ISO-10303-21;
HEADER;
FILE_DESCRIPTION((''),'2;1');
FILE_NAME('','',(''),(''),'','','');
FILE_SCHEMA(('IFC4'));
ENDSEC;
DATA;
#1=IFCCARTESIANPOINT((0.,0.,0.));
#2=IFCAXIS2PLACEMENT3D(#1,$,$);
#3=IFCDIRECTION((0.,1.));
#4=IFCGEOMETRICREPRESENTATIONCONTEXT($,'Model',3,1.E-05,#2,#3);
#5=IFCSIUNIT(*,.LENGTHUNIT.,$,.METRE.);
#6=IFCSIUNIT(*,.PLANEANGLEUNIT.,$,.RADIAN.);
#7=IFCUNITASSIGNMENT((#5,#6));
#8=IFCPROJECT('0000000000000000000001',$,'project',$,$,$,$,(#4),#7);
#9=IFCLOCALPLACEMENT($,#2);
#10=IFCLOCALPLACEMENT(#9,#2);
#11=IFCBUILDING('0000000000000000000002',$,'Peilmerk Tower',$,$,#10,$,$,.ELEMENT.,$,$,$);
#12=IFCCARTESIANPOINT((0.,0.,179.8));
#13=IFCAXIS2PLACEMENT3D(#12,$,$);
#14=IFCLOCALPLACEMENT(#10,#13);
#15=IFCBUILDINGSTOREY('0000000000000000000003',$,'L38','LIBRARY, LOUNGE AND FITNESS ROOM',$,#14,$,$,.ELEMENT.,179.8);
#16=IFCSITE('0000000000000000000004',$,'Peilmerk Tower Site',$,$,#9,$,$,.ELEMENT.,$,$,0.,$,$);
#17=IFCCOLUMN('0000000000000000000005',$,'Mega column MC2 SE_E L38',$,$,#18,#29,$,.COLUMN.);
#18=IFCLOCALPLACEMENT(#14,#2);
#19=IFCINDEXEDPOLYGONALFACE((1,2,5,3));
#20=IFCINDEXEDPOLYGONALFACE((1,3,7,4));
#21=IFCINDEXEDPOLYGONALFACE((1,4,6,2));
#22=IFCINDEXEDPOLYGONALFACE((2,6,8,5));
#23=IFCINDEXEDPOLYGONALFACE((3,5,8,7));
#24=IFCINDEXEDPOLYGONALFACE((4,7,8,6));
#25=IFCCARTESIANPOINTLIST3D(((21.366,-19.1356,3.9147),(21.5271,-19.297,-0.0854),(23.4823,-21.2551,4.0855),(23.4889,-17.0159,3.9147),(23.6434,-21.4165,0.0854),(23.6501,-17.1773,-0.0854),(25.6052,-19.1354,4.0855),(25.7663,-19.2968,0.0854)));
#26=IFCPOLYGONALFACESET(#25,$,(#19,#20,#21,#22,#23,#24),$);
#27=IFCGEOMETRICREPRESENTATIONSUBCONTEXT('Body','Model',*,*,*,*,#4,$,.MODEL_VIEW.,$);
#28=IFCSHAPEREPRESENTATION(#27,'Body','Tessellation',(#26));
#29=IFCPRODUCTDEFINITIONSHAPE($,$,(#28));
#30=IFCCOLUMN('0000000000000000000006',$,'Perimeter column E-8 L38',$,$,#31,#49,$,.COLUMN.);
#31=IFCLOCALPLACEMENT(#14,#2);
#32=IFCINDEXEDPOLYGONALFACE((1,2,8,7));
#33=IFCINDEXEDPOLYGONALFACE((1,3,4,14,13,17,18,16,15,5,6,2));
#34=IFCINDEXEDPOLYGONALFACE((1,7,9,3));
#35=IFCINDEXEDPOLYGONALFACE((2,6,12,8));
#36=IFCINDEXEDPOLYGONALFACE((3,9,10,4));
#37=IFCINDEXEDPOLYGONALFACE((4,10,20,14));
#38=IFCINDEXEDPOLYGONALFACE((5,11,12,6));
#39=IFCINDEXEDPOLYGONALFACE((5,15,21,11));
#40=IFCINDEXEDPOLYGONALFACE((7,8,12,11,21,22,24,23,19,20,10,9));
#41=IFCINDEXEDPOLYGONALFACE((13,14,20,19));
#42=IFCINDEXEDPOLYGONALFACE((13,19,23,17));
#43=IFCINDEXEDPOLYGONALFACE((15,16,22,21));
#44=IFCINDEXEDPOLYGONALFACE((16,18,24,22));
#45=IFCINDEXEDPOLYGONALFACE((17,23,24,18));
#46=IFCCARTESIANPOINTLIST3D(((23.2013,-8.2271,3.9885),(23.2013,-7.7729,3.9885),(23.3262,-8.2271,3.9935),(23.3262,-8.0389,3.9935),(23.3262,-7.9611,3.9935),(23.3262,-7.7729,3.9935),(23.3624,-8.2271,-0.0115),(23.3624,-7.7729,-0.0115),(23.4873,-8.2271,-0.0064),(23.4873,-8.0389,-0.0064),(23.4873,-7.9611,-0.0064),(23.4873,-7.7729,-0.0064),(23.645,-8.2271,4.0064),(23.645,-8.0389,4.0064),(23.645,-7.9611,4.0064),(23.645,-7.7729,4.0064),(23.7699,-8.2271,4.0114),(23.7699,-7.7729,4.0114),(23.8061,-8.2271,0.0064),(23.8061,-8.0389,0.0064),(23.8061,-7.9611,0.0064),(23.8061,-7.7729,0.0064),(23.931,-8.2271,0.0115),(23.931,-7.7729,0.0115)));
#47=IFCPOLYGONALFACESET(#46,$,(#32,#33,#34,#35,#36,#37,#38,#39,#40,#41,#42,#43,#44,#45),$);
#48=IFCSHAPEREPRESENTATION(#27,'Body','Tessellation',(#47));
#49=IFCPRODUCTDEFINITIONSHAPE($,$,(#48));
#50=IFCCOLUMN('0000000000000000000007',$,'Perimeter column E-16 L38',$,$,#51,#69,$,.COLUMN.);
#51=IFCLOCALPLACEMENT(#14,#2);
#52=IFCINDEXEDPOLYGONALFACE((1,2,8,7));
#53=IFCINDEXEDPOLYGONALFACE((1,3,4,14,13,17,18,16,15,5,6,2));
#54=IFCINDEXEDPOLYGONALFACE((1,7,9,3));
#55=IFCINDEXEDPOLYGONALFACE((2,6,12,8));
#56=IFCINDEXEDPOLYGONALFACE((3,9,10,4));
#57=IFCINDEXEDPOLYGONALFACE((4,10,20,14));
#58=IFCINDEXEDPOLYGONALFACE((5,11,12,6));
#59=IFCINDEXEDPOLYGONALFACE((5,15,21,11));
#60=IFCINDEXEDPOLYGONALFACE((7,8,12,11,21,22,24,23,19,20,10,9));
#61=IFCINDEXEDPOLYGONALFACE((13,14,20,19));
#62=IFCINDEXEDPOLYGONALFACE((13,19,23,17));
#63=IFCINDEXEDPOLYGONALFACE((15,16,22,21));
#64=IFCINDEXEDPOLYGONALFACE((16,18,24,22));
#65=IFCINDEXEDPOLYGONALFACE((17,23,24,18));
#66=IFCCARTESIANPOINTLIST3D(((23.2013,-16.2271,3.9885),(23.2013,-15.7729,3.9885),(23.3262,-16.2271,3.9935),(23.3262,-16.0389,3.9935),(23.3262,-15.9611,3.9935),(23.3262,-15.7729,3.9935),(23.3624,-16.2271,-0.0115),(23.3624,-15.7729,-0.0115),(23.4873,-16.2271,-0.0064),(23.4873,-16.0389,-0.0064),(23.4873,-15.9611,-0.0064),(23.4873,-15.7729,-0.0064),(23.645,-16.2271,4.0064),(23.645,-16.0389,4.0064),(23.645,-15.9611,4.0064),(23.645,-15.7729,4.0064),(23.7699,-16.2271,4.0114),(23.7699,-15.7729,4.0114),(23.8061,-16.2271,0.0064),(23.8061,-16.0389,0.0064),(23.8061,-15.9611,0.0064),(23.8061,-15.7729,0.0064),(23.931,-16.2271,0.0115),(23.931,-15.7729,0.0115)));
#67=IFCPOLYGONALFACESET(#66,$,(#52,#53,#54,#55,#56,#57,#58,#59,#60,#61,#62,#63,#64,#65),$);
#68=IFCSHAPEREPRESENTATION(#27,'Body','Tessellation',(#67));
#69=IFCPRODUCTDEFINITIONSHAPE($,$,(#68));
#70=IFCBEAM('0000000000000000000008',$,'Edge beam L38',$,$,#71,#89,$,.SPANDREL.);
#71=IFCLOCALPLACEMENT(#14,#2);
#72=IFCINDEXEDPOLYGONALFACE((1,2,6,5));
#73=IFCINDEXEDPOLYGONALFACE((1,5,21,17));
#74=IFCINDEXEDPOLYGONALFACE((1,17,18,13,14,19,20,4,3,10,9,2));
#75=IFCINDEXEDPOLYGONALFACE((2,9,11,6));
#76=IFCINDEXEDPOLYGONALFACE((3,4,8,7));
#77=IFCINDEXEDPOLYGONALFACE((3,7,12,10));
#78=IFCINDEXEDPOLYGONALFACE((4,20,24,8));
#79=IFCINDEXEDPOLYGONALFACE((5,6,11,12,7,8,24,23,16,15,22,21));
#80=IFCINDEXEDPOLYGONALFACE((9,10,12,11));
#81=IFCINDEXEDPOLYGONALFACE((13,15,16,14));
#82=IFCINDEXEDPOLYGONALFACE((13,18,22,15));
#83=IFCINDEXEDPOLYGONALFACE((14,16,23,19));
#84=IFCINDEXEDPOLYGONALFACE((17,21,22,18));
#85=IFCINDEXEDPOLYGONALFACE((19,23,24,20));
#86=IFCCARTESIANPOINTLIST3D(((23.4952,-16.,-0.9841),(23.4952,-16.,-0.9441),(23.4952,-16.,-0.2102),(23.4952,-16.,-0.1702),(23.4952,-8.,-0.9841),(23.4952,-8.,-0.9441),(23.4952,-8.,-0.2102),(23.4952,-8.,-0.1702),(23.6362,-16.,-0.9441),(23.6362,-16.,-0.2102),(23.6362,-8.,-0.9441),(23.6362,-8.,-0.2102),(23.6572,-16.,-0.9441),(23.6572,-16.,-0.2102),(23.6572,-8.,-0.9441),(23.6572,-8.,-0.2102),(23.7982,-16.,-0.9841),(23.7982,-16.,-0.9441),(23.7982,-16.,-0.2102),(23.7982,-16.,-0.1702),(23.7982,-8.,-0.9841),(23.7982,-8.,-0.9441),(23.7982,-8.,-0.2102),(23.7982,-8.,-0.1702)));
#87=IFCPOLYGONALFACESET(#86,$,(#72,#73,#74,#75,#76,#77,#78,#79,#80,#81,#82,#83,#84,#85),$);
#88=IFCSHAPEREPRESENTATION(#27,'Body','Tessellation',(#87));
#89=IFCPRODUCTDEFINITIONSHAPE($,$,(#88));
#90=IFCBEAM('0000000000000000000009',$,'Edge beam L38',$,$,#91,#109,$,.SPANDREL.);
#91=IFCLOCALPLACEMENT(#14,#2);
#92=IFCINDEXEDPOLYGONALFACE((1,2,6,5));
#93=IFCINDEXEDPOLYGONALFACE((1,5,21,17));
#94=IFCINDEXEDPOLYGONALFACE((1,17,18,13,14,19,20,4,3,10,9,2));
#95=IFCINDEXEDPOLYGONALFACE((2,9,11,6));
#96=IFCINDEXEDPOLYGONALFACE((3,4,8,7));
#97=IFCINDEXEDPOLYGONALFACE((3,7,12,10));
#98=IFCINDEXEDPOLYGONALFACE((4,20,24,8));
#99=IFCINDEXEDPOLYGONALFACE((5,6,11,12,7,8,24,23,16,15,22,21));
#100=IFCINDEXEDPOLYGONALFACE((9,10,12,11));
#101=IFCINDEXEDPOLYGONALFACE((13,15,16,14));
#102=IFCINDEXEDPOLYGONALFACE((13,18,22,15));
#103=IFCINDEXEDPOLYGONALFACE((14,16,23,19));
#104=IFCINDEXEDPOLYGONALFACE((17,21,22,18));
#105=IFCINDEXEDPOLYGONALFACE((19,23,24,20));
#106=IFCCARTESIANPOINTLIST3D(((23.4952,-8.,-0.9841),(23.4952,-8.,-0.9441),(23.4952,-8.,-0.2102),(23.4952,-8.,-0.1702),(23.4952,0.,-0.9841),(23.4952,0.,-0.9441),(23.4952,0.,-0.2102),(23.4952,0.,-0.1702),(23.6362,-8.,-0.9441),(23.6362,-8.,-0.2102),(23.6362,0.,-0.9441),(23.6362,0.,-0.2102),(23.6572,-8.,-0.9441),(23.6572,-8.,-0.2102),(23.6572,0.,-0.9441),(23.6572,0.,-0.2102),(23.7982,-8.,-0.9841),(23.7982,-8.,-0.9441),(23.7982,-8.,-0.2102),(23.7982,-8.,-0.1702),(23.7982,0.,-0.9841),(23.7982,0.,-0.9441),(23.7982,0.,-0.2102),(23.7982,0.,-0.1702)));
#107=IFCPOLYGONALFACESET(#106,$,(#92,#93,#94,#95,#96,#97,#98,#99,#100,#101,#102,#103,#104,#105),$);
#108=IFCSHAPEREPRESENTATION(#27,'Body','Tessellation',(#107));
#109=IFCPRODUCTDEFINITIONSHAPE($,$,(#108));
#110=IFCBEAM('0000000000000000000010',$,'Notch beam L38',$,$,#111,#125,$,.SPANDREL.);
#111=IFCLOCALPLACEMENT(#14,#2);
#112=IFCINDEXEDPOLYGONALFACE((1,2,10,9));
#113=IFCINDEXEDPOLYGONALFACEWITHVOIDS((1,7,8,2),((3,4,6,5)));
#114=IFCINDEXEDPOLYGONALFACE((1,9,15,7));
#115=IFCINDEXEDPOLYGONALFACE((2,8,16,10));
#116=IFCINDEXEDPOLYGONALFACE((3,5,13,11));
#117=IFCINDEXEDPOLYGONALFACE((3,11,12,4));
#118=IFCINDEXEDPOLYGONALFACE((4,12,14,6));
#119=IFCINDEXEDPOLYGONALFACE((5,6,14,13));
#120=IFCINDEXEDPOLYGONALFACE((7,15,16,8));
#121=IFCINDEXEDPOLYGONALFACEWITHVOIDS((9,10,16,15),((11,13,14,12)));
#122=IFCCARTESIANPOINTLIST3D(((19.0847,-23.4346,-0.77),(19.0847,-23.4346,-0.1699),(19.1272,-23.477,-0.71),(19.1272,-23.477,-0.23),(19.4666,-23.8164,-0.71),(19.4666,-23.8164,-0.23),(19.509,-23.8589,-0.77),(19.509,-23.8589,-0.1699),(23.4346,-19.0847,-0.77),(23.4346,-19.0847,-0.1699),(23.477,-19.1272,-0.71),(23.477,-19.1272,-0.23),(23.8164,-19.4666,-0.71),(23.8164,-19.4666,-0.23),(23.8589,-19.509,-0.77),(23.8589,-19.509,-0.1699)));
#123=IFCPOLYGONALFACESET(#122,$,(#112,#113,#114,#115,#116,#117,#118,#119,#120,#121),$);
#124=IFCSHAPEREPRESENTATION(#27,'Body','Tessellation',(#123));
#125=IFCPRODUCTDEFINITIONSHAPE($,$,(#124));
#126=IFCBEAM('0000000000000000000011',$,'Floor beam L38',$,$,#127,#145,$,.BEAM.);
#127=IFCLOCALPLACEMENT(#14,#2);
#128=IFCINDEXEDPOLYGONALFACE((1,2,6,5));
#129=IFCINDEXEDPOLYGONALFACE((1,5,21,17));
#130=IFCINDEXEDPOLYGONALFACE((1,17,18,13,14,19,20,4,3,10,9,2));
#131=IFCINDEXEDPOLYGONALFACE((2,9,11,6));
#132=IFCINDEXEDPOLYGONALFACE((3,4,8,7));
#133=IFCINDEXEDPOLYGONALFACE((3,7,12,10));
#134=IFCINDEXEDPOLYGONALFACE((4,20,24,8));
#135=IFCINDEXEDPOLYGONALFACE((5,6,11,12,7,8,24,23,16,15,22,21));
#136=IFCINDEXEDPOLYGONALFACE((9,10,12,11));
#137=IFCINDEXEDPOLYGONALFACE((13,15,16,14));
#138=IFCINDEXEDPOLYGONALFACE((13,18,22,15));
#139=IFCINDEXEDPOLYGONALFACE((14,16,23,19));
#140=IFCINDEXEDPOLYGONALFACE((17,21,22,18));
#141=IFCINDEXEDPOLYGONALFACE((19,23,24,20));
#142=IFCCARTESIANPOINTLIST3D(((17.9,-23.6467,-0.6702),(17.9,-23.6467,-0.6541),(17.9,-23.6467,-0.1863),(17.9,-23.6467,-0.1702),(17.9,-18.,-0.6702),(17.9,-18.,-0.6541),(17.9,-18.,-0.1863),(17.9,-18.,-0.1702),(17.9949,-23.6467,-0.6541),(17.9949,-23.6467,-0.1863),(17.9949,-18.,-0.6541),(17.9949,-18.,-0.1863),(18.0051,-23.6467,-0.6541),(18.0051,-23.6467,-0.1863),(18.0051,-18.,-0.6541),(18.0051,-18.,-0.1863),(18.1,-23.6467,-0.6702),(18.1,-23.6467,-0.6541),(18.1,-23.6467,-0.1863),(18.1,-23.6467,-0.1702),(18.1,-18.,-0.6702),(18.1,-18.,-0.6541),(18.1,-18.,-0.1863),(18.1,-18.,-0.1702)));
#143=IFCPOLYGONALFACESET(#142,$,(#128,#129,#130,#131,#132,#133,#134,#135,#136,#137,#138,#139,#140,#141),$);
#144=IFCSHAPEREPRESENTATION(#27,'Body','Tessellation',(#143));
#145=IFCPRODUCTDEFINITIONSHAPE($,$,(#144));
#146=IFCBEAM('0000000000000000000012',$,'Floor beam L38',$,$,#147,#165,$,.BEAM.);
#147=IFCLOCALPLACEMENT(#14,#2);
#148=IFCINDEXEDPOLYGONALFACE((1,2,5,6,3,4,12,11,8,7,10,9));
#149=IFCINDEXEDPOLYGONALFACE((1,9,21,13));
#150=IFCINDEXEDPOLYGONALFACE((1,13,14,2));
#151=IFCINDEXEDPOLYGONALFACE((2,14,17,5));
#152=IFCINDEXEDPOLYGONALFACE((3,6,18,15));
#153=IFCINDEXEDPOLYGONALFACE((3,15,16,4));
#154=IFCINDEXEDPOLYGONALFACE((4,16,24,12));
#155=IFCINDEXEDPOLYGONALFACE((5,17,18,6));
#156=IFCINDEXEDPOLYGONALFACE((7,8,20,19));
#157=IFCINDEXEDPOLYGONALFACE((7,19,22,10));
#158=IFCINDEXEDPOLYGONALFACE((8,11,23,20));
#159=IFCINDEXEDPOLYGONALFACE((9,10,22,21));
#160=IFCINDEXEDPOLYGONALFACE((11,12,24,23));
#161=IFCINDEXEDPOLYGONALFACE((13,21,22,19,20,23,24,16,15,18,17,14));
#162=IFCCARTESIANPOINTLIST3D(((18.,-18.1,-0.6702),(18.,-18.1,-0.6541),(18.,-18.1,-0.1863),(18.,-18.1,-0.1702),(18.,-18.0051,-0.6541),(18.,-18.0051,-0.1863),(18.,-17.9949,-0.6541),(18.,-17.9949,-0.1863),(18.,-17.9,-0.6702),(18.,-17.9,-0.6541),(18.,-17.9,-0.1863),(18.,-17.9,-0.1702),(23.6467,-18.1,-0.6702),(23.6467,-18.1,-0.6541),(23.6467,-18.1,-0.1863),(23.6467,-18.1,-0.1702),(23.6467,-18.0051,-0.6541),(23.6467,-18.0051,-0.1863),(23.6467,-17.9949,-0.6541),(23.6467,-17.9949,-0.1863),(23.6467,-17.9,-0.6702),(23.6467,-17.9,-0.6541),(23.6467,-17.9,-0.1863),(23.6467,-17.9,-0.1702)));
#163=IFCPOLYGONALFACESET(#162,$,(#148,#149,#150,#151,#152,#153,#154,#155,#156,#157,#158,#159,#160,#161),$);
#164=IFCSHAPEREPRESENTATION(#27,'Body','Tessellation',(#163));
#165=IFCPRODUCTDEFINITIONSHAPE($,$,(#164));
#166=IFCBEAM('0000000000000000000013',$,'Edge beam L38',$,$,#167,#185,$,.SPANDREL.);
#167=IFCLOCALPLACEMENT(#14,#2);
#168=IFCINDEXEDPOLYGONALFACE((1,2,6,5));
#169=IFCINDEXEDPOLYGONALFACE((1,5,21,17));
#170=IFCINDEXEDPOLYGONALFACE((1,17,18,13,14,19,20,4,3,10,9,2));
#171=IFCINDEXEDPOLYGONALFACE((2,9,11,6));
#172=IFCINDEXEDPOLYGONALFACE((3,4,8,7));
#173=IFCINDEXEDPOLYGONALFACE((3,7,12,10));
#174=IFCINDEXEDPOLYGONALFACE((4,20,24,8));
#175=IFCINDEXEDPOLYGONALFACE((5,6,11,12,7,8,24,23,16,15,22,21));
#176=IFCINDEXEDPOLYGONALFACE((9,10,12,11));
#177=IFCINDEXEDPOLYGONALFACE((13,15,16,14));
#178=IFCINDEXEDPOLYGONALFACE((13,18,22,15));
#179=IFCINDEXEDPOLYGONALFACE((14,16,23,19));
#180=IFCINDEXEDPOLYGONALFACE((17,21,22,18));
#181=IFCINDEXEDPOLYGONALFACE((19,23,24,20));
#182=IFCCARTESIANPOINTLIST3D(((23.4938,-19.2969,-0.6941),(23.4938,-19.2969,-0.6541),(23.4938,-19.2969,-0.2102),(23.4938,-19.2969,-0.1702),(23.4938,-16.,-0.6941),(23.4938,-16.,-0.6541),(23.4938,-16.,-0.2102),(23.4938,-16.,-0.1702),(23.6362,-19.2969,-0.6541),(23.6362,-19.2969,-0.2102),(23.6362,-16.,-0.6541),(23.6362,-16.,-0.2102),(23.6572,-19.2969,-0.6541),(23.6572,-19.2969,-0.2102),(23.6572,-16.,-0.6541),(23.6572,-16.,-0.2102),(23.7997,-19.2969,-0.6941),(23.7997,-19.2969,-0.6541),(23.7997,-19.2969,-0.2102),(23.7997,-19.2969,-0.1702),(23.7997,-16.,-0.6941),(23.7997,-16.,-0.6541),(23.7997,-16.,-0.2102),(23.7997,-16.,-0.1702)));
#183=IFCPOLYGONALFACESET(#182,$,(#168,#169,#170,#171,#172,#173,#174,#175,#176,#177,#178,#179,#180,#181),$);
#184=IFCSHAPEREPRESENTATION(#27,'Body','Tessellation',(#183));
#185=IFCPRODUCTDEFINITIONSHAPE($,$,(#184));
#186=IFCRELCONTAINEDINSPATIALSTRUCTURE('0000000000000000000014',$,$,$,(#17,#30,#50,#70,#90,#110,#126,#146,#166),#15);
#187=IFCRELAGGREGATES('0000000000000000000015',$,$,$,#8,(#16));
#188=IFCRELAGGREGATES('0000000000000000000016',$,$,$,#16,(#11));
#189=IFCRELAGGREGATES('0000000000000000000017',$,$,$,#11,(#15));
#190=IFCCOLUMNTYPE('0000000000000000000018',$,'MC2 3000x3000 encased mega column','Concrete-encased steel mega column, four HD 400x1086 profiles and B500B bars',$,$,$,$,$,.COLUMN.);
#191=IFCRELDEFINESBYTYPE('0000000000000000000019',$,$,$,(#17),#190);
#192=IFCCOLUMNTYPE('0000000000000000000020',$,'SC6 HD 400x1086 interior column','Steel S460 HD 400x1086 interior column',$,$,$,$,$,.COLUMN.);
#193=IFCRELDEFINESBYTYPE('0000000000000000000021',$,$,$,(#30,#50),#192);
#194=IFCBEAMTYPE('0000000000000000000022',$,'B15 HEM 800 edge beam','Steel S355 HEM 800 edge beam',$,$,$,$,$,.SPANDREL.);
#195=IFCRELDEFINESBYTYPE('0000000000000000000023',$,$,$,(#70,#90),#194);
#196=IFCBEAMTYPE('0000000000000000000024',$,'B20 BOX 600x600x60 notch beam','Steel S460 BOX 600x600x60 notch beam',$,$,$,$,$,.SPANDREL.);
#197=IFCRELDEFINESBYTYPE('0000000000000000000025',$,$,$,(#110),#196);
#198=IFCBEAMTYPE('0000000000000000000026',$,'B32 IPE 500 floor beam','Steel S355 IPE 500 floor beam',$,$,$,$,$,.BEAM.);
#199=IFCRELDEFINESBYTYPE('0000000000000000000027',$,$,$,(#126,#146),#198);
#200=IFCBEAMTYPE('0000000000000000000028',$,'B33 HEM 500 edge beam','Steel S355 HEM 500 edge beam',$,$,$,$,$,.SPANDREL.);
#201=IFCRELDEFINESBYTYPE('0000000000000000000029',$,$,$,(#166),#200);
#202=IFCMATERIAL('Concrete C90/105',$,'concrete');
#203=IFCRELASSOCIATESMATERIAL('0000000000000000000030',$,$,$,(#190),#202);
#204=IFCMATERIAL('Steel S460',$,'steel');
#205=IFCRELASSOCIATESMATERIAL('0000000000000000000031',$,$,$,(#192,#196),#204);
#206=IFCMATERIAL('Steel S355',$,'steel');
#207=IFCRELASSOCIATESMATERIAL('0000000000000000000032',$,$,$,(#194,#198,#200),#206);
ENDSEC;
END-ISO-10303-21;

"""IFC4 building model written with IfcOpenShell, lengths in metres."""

from ifc_helpers import new_model, si_unit, direction, frame, origin, origin_2d, place, context, subcontext, project, spatial, rectangle, hollow_rectangle, i_section, extrude, material, material_profile, profile_set, type_object, element, save


model = new_model("IFC4")

# Units and contexts
model_context = context("Model", 3, precision=1e-05, world=origin(), true_north=direction((0.0, 1.0)))
body_context = subcontext(model_context, "Body", "Model", "MODEL_VIEW")
ifc_project = project(units=[si_unit("LENGTHUNIT", "METRE"), si_unit("PLANEANGLEUNIT", "RADIAN")], contexts=[model_context])

# Site, building, storey
site_placement = place(None, origin())
site = spatial("IfcSite", under=ifc_project, at=site_placement, Name="Peilmerk Tower Site", CompositionType="ELEMENT", RefElevation=0.0)
building_placement = place(site_placement, origin())
building = spatial("IfcBuilding", under=site, at=building_placement, Name="Peilmerk Tower", CompositionType="ELEMENT")
storey_placement = place(building_placement, frame((0.0, 0.0, 179.8)))
storey = spatial("IfcBuildingStorey", under=building, at=storey_placement, Name="L38", Description="LIBRARY, LOUNGE AND FITNESS ROOM", CompositionType="ELEMENT", Elevation=179.8)

# Columns
ifc_material_1 = material(Name="Concrete C90/105", Category="concrete")
ifc_material_profile_1 = material_profile(ifc_material_1, rectangle(XDim=3.0, YDim=3.0, at=origin_2d()), Name="RC 3000x3000")
ifc_profile_set_1 = profile_set([ifc_material_profile_1], Name="Concrete C90/105")
column_type_1 = type_object("IfcColumnType", Name="MC2 3000x3000 encased mega column", Description="Concrete-encased steel mega column, four HD 400x1086 profiles and B500B bars", PredefinedType="COLUMN", material=ifc_profile_set_1)
column_placement = place(storey_placement, frame((23.6467, -19.2969, 0.0), z_axis=(-0.040218, 0.040279, 0.998379), x_axis=(-0.707642, -0.706571, 0.0)))
element("IfcColumn", 1, at=column_placement, inside=storey, type_object=column_type_1, Name="Mega column MC2 SE_E L38", PredefinedType="COLUMN", context=body_context, shape_type="SweptSolid", body=[
    extrude(rectangle(XDim=3.0, YDim=3.0, at=origin_2d()), origin(), (0.0, 0.0, 1.0), 4.0066),
])
ifc_material_2 = material(Name="Steel S460", Category="steel")
ifc_material_profile_2 = material_profile(ifc_material_2, i_section(OverallWidth=0.4541, OverallDepth=0.5691, WebThickness=0.0779, FlangeThickness=0.125, at=origin_2d()), Name="HD 400x1086")
ifc_profile_set_2 = profile_set([ifc_material_profile_2], Name="Steel S460")
column_type_2 = type_object("IfcColumnType", Name="SC6 HD 400x1086 interior column", Description="Steel S460 HD 400x1086 interior column", PredefinedType="COLUMN", material=ifc_profile_set_2)
for number, where, z_axis, x_axis, name in (
    (2, (23.6467, -8.0, 0.0), (-0.040251, 0.0, 0.99919), (0.0, -1.0, 0.0), "Perimeter column E-8 L38"),
    (3, (23.6467, -16.0, 0.0), (-0.040251, 0.0, 0.99919), (0.0, -1.0, 0.0), "Perimeter column E-16 L38"),
):
    element("IfcColumn", number, at=place(storey_placement, frame(where, z_axis=z_axis, x_axis=x_axis)), inside=storey, type_object=column_type_2, Name=name, PredefinedType="COLUMN", context=body_context, shape_type="SweptSolid", body=[
        extrude(i_section(OverallWidth=0.4541, OverallDepth=0.5691, WebThickness=0.0779, FlangeThickness=0.125, at=origin_2d()), origin(), (0.0, 0.0, 1.0), 4.0032),
    ])

# Beams
ifc_material_3 = material(Name="Steel S355", Category="steel")
ifc_material_profile_3 = material_profile(ifc_material_3, i_section(OverallWidth=0.303, OverallDepth=0.814, WebThickness=0.021, FlangeThickness=0.04, at=origin_2d()), Name="HEM 800")
ifc_profile_set_3 = profile_set([ifc_material_profile_3], Name="Steel S355")
beam_type_1 = type_object("IfcBeamType", Name="B15 HEM 800 edge beam", Description="Steel S355 HEM 800 edge beam", PredefinedType="SPANDREL", material=ifc_profile_set_3)
for number, where, z_axis, x_axis, name in (
    (4, (23.6467, -16.0, -0.5771), (0.0, 1.0, 0.0), (-1.0, 0.0, 0.0), "Edge beam L38"),
    (5, (23.6467, -8.0, -0.5771), (0.0, 1.0, 0.0), (-1.0, 0.0, 0.0), "Edge beam L38"),
):
    element("IfcBeam", number, at=place(storey_placement, frame(where, z_axis=z_axis, x_axis=x_axis)), inside=storey, type_object=beam_type_1, Name=name, PredefinedType="SPANDREL", context=body_context, shape_type="SweptSolid", body=[
        extrude(i_section(OverallWidth=0.303, OverallDepth=0.814, WebThickness=0.021, FlangeThickness=0.04, at=origin_2d()), origin(), (0.0, 0.0, 1.0), 8.0),
    ])
ifc_material_profile_4 = material_profile(ifc_material_2, hollow_rectangle(XDim=0.6001, YDim=0.6001, WallThickness=0.0601, at=origin_2d()), Name="BOX 600x600x60")
ifc_profile_set_4 = profile_set([ifc_material_profile_4], Name="Steel S460")
beam_type_2 = type_object("IfcBeamType", Name="B20 BOX 600x600x60 notch beam", Description="Steel S460 BOX 600x600x60 notch beam", PredefinedType="SPANDREL", material=ifc_profile_set_4)
beam_1_placement = place(storey_placement, frame((23.6467, -19.2969, -0.47), z_axis=(-0.707107, -0.707107, 0.0), x_axis=(0.707107, -0.707107, 0.0)))
element("IfcBeam", 6, at=beam_1_placement, inside=storey, type_object=beam_type_2, Name="Notch beam L38", PredefinedType="SPANDREL", context=body_context, shape_type="SweptSolid", body=[
    extrude(hollow_rectangle(XDim=0.6001, YDim=0.6001, WallThickness=0.0601, at=origin_2d()), origin(), (0.0, 0.0, 1.0), 6.1516),
])
ifc_material_profile_5 = material_profile(ifc_material_3, i_section(OverallWidth=0.2, OverallDepth=0.5, WebThickness=0.0103, FlangeThickness=0.0161, at=origin_2d()), Name="IPE 500")
ifc_profile_set_5 = profile_set([ifc_material_profile_5], Name="Steel S355")
beam_type_3 = type_object("IfcBeamType", Name="B32 IPE 500 floor beam", Description="Steel S355 IPE 500 floor beam", PredefinedType="BEAM", material=ifc_profile_set_5)
for number, where, z_axis, x_axis, name in (
    (7, (18.0, -18.0, -0.4202), (0.0, -1.0, 0.0), (1.0, 0.0, 0.0), "Floor beam L38"),
    (8, (18.0, -18.0, -0.4202), (1.0, 0.0, 0.0), (0.0, 1.0, 0.0), "Floor beam L38"),
):
    element("IfcBeam", number, at=place(storey_placement, frame(where, z_axis=z_axis, x_axis=x_axis)), inside=storey, type_object=beam_type_3, Name=name, PredefinedType="BEAM", context=body_context, shape_type="SweptSolid", body=[
        extrude(i_section(OverallWidth=0.2, OverallDepth=0.5, WebThickness=0.0103, FlangeThickness=0.0161, at=origin_2d()), origin(), (0.0, 0.0, 1.0), 5.6467),
    ])
ifc_material_profile_6 = material_profile(ifc_material_3, i_section(OverallWidth=0.3059, OverallDepth=0.5239, WebThickness=0.021, FlangeThickness=0.04, at=origin_2d()), Name="HEM 500")
ifc_profile_set_6 = profile_set([ifc_material_profile_6], Name="Steel S355")
beam_type_4 = type_object("IfcBeamType", Name="B33 HEM 500 edge beam", Description="Steel S355 HEM 500 edge beam", PredefinedType="SPANDREL", material=ifc_profile_set_6)
beam_2_placement = place(storey_placement, frame((23.6467, -19.2969, -0.4321), z_axis=(0.0, 1.0, 0.0), x_axis=(-1.0, 0.0, 0.0)))
element("IfcBeam", 9, at=beam_2_placement, inside=storey, type_object=beam_type_4, Name="Edge beam L38", PredefinedType="SPANDREL", context=body_context, shape_type="SweptSolid", body=[
    extrude(i_section(OverallWidth=0.3059, OverallDepth=0.5239, WebThickness=0.021, FlangeThickness=0.04, at=origin_2d()), origin(), (0.0, 0.0, 1.0), 3.2969),
])

save(model, "model.ifc")
